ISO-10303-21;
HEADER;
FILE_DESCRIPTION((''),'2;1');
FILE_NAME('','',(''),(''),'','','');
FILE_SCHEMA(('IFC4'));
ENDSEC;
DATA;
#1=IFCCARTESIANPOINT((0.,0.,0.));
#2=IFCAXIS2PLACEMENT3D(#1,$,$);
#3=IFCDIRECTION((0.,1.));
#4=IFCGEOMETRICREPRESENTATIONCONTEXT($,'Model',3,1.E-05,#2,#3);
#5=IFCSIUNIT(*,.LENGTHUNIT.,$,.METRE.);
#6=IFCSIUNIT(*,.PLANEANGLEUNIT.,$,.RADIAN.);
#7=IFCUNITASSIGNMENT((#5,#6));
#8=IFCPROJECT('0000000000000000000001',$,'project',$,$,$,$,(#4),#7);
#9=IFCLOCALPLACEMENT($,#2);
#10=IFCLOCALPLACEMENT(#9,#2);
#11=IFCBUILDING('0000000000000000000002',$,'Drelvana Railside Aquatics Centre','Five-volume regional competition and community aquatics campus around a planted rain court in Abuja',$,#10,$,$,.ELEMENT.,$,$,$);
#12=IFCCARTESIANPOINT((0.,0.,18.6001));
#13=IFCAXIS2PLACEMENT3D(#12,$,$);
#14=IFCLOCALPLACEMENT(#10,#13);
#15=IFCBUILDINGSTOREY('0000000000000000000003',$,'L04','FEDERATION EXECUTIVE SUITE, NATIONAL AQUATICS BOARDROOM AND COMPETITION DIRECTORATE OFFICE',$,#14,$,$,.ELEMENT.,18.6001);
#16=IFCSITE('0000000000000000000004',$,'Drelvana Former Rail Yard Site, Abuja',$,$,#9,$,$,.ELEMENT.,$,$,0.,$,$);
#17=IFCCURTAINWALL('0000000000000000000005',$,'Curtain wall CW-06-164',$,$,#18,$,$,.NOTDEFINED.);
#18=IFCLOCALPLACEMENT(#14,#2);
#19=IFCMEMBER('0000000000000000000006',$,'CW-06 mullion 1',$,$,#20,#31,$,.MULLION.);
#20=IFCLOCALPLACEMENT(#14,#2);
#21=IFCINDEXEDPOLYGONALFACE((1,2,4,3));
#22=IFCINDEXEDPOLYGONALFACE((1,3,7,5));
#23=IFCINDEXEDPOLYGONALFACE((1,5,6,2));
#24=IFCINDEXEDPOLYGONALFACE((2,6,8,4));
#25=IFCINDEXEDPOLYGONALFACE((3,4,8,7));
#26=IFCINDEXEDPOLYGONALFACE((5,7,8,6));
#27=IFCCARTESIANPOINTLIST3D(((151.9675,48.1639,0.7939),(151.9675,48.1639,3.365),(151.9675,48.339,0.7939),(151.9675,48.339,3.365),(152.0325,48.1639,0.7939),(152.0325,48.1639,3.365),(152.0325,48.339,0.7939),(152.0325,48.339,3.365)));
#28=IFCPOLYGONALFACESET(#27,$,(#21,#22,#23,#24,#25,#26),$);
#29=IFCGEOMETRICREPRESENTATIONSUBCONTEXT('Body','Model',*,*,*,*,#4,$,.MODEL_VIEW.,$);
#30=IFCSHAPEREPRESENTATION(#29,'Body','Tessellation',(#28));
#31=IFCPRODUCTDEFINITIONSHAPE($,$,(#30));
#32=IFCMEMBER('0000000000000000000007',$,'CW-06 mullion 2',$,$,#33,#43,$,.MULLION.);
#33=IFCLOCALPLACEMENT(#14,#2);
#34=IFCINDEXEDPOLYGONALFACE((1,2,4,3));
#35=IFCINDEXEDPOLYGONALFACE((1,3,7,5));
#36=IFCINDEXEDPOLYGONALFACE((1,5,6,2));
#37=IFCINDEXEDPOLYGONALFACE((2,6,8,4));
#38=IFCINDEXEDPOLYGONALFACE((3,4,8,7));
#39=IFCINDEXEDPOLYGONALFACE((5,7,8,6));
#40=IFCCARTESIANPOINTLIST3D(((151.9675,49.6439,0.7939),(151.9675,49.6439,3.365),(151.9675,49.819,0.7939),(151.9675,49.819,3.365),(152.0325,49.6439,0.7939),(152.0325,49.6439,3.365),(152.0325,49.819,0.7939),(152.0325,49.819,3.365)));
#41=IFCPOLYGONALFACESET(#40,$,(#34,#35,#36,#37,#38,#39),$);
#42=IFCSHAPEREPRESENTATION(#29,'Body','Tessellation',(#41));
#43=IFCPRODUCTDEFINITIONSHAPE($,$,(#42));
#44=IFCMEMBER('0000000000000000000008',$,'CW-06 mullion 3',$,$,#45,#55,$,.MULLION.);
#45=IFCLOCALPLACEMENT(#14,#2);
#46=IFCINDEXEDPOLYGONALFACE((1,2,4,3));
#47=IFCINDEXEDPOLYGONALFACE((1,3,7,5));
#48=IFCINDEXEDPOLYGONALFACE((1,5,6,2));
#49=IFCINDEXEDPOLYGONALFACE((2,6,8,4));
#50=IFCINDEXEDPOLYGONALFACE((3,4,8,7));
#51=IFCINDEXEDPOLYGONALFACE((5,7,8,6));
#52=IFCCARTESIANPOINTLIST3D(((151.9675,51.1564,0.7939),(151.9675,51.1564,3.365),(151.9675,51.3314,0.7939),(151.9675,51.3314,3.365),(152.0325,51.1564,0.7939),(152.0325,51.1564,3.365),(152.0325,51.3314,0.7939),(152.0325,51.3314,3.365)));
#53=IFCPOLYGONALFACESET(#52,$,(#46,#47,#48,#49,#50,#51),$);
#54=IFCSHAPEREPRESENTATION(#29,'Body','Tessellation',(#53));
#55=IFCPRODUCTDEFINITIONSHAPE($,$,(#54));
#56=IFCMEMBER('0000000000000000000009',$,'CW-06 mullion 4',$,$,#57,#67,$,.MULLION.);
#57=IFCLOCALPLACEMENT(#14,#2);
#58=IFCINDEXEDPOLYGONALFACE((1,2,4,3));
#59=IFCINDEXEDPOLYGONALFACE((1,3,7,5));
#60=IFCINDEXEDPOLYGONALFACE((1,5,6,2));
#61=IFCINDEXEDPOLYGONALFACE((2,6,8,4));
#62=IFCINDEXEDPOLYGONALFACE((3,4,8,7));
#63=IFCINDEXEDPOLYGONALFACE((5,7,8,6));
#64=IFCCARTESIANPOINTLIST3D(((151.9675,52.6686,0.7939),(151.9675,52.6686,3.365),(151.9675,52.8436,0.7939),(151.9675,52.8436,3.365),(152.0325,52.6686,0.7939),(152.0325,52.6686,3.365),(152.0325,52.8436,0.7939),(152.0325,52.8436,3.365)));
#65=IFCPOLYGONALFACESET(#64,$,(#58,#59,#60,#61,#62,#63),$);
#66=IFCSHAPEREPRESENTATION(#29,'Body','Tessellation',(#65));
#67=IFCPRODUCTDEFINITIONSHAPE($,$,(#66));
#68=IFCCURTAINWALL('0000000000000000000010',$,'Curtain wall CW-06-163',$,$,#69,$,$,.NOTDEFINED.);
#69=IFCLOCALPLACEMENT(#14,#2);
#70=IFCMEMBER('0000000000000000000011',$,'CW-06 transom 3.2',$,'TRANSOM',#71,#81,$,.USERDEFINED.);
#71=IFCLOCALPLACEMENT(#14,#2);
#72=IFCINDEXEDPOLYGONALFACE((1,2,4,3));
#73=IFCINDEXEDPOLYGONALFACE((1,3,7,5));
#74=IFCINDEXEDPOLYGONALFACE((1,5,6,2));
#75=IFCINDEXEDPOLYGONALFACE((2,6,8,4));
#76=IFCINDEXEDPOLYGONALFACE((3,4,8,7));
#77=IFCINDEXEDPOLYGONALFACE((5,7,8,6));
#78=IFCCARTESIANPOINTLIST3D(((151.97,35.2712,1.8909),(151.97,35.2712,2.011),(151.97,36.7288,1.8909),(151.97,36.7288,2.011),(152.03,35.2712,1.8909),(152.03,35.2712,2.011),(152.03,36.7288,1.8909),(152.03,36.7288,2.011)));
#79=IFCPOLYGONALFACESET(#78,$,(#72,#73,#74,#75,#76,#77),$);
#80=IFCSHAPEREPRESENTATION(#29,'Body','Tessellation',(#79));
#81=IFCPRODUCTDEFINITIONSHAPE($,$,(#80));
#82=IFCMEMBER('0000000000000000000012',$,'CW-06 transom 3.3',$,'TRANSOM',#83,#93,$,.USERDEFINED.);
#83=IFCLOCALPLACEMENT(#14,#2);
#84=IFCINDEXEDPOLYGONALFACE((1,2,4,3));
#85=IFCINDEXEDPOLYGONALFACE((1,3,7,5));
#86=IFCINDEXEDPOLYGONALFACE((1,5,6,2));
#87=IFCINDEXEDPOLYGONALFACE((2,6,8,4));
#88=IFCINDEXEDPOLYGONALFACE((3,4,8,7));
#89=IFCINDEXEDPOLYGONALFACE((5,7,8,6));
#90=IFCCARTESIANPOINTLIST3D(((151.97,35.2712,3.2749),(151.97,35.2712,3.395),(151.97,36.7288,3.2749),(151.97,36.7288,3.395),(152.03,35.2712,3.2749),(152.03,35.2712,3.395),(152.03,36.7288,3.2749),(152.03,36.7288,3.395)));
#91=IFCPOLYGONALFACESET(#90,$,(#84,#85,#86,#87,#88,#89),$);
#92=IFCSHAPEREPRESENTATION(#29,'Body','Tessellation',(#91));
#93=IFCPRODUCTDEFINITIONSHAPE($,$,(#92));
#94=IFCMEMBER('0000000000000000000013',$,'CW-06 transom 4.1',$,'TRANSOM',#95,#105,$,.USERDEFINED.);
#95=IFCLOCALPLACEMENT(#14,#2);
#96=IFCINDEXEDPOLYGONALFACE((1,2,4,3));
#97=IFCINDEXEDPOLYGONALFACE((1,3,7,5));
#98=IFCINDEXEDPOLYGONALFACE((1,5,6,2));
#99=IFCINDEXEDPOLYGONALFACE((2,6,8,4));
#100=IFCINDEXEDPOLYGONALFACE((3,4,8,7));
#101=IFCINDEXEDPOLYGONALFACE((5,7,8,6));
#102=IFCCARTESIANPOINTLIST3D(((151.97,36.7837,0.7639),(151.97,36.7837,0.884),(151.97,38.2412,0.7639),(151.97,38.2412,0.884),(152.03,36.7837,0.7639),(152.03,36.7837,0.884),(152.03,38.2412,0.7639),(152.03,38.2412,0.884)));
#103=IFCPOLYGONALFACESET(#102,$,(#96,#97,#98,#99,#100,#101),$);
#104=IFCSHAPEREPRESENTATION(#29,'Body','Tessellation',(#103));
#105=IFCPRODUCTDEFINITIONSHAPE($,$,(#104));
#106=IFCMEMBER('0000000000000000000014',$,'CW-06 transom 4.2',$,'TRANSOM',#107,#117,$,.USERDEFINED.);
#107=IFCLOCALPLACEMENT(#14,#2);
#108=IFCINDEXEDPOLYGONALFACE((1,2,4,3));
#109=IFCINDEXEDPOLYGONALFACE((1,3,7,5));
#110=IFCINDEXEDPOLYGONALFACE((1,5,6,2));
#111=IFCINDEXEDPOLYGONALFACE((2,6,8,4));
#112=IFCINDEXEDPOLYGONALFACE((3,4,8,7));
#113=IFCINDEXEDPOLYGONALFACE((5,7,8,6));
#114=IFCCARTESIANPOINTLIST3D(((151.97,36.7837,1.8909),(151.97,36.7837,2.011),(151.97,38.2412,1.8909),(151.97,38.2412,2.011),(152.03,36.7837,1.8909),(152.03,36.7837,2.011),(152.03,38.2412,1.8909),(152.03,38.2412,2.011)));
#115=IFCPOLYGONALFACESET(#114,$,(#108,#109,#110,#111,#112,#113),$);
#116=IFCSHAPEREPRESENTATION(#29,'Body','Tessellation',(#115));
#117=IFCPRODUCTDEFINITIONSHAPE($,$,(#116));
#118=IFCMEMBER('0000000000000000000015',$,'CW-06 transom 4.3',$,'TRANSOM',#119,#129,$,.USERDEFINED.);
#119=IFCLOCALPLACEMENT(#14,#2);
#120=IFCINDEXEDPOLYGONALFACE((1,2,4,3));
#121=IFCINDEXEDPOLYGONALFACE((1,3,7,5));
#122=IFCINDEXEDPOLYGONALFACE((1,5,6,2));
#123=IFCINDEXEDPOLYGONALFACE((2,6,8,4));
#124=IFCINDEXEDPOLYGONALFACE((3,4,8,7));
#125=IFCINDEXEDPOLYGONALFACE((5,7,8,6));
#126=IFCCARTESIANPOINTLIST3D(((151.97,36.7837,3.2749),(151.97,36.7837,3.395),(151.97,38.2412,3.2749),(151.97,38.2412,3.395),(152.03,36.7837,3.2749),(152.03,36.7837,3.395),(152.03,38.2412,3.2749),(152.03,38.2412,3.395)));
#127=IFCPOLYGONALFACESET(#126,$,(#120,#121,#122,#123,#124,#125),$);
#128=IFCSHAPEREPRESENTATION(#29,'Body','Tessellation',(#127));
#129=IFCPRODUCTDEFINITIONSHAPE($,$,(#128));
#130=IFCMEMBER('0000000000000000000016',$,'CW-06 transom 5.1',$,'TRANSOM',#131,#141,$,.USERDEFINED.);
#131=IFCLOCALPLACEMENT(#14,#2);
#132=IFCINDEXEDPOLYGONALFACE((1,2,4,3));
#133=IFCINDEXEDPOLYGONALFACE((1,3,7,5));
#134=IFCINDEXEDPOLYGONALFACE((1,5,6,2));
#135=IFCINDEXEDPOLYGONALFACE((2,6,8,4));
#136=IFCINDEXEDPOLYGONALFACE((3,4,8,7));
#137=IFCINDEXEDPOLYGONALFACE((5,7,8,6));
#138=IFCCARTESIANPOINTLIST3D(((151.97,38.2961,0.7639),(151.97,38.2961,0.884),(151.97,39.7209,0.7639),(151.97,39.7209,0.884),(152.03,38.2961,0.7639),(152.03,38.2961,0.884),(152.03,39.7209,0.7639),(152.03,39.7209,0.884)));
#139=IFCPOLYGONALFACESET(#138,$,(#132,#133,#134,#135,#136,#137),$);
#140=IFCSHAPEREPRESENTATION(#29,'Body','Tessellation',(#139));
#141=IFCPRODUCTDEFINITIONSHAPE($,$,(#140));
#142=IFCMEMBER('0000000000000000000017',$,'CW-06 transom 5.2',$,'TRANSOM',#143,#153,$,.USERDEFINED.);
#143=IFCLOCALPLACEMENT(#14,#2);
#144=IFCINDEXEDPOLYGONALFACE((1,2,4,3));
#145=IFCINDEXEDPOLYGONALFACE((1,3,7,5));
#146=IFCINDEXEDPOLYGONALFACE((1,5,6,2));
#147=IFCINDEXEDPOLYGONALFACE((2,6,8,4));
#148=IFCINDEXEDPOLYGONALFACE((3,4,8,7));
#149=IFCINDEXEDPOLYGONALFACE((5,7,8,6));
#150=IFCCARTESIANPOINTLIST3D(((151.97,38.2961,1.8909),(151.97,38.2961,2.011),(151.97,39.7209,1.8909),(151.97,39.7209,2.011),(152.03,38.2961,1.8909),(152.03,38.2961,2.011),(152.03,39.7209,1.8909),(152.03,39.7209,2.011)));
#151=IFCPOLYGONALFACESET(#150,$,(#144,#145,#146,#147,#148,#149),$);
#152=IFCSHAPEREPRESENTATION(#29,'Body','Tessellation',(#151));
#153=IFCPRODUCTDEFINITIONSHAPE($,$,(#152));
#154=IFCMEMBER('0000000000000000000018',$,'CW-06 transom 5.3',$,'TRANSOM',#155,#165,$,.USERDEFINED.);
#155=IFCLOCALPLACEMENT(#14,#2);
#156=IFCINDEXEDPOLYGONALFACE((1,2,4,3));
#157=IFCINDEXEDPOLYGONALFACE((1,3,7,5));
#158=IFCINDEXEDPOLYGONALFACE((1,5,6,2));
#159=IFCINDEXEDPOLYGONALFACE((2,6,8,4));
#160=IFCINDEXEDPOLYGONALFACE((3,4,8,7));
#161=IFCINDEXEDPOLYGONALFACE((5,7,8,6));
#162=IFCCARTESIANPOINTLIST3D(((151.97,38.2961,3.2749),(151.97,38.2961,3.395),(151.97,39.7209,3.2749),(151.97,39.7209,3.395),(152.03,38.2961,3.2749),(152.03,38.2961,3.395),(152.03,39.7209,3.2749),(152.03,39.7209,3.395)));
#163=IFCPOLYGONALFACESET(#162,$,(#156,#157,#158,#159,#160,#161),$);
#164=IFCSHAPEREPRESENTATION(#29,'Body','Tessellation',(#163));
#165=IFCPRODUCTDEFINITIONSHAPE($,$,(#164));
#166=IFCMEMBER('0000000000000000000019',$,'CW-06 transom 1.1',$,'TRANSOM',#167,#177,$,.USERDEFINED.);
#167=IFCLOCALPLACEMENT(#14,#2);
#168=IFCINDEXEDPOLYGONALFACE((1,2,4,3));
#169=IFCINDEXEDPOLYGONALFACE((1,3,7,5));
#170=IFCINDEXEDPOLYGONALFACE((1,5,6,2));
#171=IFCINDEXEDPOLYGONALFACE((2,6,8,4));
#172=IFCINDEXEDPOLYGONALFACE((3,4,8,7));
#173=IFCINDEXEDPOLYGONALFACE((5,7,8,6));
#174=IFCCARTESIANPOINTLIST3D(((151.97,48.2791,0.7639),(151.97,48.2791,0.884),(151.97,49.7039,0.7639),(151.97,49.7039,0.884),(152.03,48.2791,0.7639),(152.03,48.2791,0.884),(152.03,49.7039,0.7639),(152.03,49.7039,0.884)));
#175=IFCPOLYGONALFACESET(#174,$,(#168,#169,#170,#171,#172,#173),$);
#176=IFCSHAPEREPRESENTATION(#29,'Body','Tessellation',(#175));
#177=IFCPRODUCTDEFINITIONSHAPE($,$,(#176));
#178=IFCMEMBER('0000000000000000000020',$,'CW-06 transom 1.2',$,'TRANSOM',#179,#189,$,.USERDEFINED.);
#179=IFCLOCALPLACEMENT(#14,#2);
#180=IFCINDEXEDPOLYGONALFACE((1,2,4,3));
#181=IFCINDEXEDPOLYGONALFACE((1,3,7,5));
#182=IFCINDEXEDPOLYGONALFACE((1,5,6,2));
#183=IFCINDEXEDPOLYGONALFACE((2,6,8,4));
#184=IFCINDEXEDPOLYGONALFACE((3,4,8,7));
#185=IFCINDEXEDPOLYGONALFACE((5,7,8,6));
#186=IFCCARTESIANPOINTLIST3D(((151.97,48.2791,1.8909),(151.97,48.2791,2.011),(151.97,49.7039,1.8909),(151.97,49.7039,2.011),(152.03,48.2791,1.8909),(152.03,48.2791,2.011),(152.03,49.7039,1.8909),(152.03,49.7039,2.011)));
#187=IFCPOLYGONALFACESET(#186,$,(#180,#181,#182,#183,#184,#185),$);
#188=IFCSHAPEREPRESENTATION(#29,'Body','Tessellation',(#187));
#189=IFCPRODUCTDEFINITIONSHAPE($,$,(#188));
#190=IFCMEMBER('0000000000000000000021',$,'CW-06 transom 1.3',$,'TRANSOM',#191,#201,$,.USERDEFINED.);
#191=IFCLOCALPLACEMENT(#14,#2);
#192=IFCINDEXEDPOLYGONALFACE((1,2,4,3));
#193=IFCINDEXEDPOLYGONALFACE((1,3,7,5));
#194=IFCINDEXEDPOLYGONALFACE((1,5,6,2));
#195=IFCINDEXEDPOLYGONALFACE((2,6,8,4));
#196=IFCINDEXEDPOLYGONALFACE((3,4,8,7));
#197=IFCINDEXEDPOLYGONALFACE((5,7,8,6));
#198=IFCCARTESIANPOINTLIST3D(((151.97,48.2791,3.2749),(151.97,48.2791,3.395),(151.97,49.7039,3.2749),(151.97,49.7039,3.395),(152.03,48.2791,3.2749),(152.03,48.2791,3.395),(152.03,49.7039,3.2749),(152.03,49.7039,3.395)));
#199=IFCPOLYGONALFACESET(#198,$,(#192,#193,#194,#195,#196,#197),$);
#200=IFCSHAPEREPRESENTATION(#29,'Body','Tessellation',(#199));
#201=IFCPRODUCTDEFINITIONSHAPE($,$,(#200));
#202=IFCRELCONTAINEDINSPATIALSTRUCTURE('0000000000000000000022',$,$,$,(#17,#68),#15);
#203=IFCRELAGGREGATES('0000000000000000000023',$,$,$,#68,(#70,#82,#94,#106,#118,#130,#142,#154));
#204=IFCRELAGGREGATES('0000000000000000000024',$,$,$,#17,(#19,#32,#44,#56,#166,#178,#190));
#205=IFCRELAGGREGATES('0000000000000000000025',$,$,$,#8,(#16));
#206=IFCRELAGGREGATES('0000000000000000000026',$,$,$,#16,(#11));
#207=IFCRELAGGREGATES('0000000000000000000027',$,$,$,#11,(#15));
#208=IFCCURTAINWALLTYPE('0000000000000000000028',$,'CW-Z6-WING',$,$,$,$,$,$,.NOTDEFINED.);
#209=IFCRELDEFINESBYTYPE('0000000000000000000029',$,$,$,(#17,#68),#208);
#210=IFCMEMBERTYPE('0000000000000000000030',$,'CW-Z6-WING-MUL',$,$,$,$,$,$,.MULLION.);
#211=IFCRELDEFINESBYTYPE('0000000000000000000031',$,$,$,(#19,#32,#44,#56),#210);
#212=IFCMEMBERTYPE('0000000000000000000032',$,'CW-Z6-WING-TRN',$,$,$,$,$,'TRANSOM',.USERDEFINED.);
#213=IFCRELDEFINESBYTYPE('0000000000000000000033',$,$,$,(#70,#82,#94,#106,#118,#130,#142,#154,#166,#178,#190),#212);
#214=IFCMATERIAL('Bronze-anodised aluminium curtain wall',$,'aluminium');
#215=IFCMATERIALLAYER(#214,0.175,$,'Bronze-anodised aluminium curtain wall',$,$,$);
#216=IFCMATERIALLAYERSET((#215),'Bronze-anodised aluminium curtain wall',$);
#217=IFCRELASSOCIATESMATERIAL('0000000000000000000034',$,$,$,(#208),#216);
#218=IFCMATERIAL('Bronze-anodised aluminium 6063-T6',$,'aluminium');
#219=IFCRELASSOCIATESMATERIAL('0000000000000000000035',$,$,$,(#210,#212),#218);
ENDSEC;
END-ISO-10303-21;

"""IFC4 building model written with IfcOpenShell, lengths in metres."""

from ifc_helpers import new_model, si_unit, direction, frame, origin, origin_2d, place, context, subcontext, project, spatial, rectangle, extrude, material, layer, layer_set, material_profile, profile_set, type_object, element, aggregate, save


model = new_model("IFC4")

# Units and contexts
model_context = context("Model", 3, precision=1e-05, world=origin(), true_north=direction((0.0, 1.0)))
body_context = subcontext(model_context, "Body", "Model", "MODEL_VIEW")
ifc_project = project(units=[si_unit("LENGTHUNIT", "METRE"), si_unit("PLANEANGLEUNIT", "RADIAN")], contexts=[model_context])

# Site, building, storey
site_placement = place(None, origin())
site = spatial("IfcSite", under=ifc_project, at=site_placement, Name="Drelvana Former Rail Yard Site, Abuja", CompositionType="ELEMENT", RefElevation=0.0)
building_placement = place(site_placement, origin())
building = spatial("IfcBuilding", under=site, at=building_placement, Name="Drelvana Railside Aquatics Centre", Description="Five-volume regional competition and community aquatics campus around a planted rain court in Abuja", CompositionType="ELEMENT")
storey_placement = place(building_placement, frame((0.0, 0.0, 18.6001)))
storey = spatial("IfcBuildingStorey", under=building, at=storey_placement, Name="L04", Description="FEDERATION EXECUTIVE SUITE, NATIONAL AQUATICS BOARDROOM AND COMPETITION DIRECTORATE OFFICE", CompositionType="ELEMENT", Elevation=18.6001)

# Curtain walls, members
ifc_material_1 = material(Name="Bronze-anodised aluminium curtain wall", Category="aluminium")
ifc_layer_1 = layer(ifc_material_1, 0.175, Name="Bronze-anodised aluminium curtain wall")
ifc_layer_set_1 = layer_set([ifc_layer_1], Name="Bronze-anodised aluminium curtain wall")
curtain_wall_type = type_object("IfcCurtainWallType", Name="CW-Z6-WING", PredefinedType="NOTDEFINED", material=ifc_layer_set_1)
curtain_wall_1_placement = place(storey_placement, origin())
curtain_wall_1 = element("IfcCurtainWall", 1, at=curtain_wall_1_placement, inside=storey, type_object=curtain_wall_type, Name="Curtain wall CW-06-164", PredefinedType="NOTDEFINED")
ifc_material_2 = material(Name="Bronze-anodised aluminium 6063-T6", Category="aluminium")
ifc_material_profile_1 = material_profile(ifc_material_2, rectangle(XDim=0.0649, YDim=0.175, at=origin_2d()), Name="ALU-M 65x175")
ifc_profile_set_1 = profile_set([ifc_material_profile_1], Name="Bronze-anodised aluminium 6063-T6")
member_type_1 = type_object("IfcMemberType", Name="CW-Z6-WING-MUL", PredefinedType="MULLION", material=ifc_profile_set_1)
member_1_placement = place(storey_placement, frame((152.0, 48.2515, 0.7939), z_axis=(0.0, 0.0, 1.0), x_axis=(-1.0, 0.0, 0.0)))
member_1 = element("IfcMember", 2, at=member_1_placement, type_object=member_type_1, Name="CW-06 mullion 1", PredefinedType="MULLION", context=body_context, shape_type="SweptSolid", body=[
    extrude(rectangle(XDim=0.0649, YDim=0.175, at=origin_2d()), origin(), (0.0, 0.0, 1.0), 2.571),
])
member_2_placement = place(storey_placement, frame((152.0, 49.7314, 0.7939), z_axis=(0.0, 0.0, 1.0), x_axis=(-1.0, 0.0, 0.0)))
member_2 = element("IfcMember", 3, at=member_2_placement, type_object=member_type_1, Name="CW-06 mullion 2", PredefinedType="MULLION", context=body_context, shape_type="SweptSolid", body=[
    extrude(rectangle(XDim=0.0649, YDim=0.175, at=origin_2d()), origin(), (0.0, 0.0, 1.0), 2.571),
])
member_3_placement = place(storey_placement, frame((152.0, 51.2439, 0.7939), z_axis=(0.0, 0.0, 1.0), x_axis=(-1.0, 0.0, 0.0)))
member_3 = element("IfcMember", 4, at=member_3_placement, type_object=member_type_1, Name="CW-06 mullion 3", PredefinedType="MULLION", context=body_context, shape_type="SweptSolid", body=[
    extrude(rectangle(XDim=0.0649, YDim=0.175, at=origin_2d()), origin(), (0.0, 0.0, 1.0), 2.571),
])
member_4_placement = place(storey_placement, frame((152.0, 52.7561, 0.7939), z_axis=(0.0, 0.0, 1.0), x_axis=(-1.0, 0.0, 0.0)))
member_4 = element("IfcMember", 5, at=member_4_placement, type_object=member_type_1, Name="CW-06 mullion 4", PredefinedType="MULLION", context=body_context, shape_type="SweptSolid", body=[
    extrude(rectangle(XDim=0.0649, YDim=0.175, at=origin_2d()), origin(), (0.0, 0.0, 1.0), 2.571),
])
curtain_wall_2_placement = place(storey_placement, origin())
curtain_wall_2 = element("IfcCurtainWall", 6, at=curtain_wall_2_placement, inside=storey, type_object=curtain_wall_type, Name="Curtain wall CW-06-163", PredefinedType="NOTDEFINED")
ifc_material_profile_2 = material_profile(ifc_material_2, rectangle(XDim=0.1201, YDim=0.0601, at=origin_2d()), Name="ALU-T 60x120")
ifc_profile_set_2 = profile_set([ifc_material_profile_2], Name="Bronze-anodised aluminium 6063-T6")
member_type_2 = type_object("IfcMemberType", Name="CW-Z6-WING-TRN", ElementType="TRANSOM", PredefinedType="USERDEFINED", material=ifc_profile_set_2)
member_5_placement = place(storey_placement, frame((152.0, 35.2712, 1.9509), z_axis=(0.0, 1.0, 0.0), x_axis=(0.0, 0.0, 1.0)))
member_5 = element("IfcMember", 7, at=member_5_placement, type_object=member_type_2, Name="CW-06 transom 3.2", ObjectType="TRANSOM", PredefinedType="USERDEFINED", context=body_context, shape_type="SweptSolid", body=[
    extrude(rectangle(XDim=0.1201, YDim=0.0601, at=origin_2d()), origin(), (0.0, 0.0, 1.0), 1.4575),
])
member_6_placement = place(storey_placement, frame((152.0, 35.2712, 3.335), z_axis=(0.0, 1.0, 0.0), x_axis=(0.0, 0.0, 1.0)))
member_6 = element("IfcMember", 8, at=member_6_placement, type_object=member_type_2, Name="CW-06 transom 3.3", ObjectType="TRANSOM", PredefinedType="USERDEFINED", context=body_context, shape_type="SweptSolid", body=[
    extrude(rectangle(XDim=0.1201, YDim=0.0601, at=origin_2d()), origin(), (0.0, 0.0, 1.0), 1.4575),
])
member_7_placement = place(storey_placement, frame((152.0, 36.7837, 0.824), z_axis=(0.0, 1.0, 0.0), x_axis=(0.0, 0.0, 1.0)))
member_7 = element("IfcMember", 9, at=member_7_placement, type_object=member_type_2, Name="CW-06 transom 4.1", ObjectType="TRANSOM", PredefinedType="USERDEFINED", context=body_context, shape_type="SweptSolid", body=[
    extrude(rectangle(XDim=0.1201, YDim=0.0601, at=origin_2d()), origin(), (0.0, 0.0, 1.0), 1.4575),
])
member_8_placement = place(storey_placement, frame((152.0, 36.7837, 1.9509), z_axis=(0.0, 1.0, 0.0), x_axis=(0.0, 0.0, 1.0)))
member_8 = element("IfcMember", 10, at=member_8_placement, type_object=member_type_2, Name="CW-06 transom 4.2", ObjectType="TRANSOM", PredefinedType="USERDEFINED", context=body_context, shape_type="SweptSolid", body=[
    extrude(rectangle(XDim=0.1201, YDim=0.0601, at=origin_2d()), origin(), (0.0, 0.0, 1.0), 1.4575),
])
member_9_placement = place(storey_placement, frame((152.0, 36.7837, 3.335), z_axis=(0.0, 1.0, 0.0), x_axis=(0.0, 0.0, 1.0)))
member_9 = element("IfcMember", 11, at=member_9_placement, type_object=member_type_2, Name="CW-06 transom 4.3", ObjectType="TRANSOM", PredefinedType="USERDEFINED", context=body_context, shape_type="SweptSolid", body=[
    extrude(rectangle(XDim=0.1201, YDim=0.0601, at=origin_2d()), origin(), (0.0, 0.0, 1.0), 1.4575),
])
member_10_placement = place(storey_placement, frame((152.0, 38.2961, 0.824), z_axis=(0.0, 1.0, 0.0), x_axis=(0.0, 0.0, 1.0)))
member_10 = element("IfcMember", 12, at=member_10_placement, type_object=member_type_2, Name="CW-06 transom 5.1", ObjectType="TRANSOM", PredefinedType="USERDEFINED", context=body_context, shape_type="SweptSolid", body=[
    extrude(rectangle(XDim=0.1201, YDim=0.0601, at=origin_2d()), origin(), (0.0, 0.0, 1.0), 1.4248),
])
member_11_placement = place(storey_placement, frame((152.0, 38.2961, 1.9509), z_axis=(0.0, 1.0, 0.0), x_axis=(0.0, 0.0, 1.0)))
member_11 = element("IfcMember", 13, at=member_11_placement, type_object=member_type_2, Name="CW-06 transom 5.2", ObjectType="TRANSOM", PredefinedType="USERDEFINED", context=body_context, shape_type="SweptSolid", body=[
    extrude(rectangle(XDim=0.1201, YDim=0.0601, at=origin_2d()), origin(), (0.0, 0.0, 1.0), 1.4248),
])
member_12_placement = place(storey_placement, frame((152.0, 38.2961, 3.335), z_axis=(0.0, 1.0, 0.0), x_axis=(0.0, 0.0, 1.0)))
member_12 = element("IfcMember", 14, at=member_12_placement, type_object=member_type_2, Name="CW-06 transom 5.3", ObjectType="TRANSOM", PredefinedType="USERDEFINED", context=body_context, shape_type="SweptSolid", body=[
    extrude(rectangle(XDim=0.1201, YDim=0.0601, at=origin_2d()), origin(), (0.0, 0.0, 1.0), 1.4248),
])

# Members
member_13_placement = place(storey_placement, frame((152.0, 48.2791, 0.824), z_axis=(0.0, 1.0, 0.0), x_axis=(0.0, 0.0, 1.0)))
member_13 = element("IfcMember", 15, at=member_13_placement, type_object=member_type_2, Name="CW-06 transom 1.1", ObjectType="TRANSOM", PredefinedType="USERDEFINED", context=body_context, shape_type="SweptSolid", body=[
    extrude(rectangle(XDim=0.1201, YDim=0.0601, at=origin_2d()), origin(), (0.0, 0.0, 1.0), 1.4248),
])
member_14_placement = place(storey_placement, frame((152.0, 48.2791, 1.9509), z_axis=(0.0, 1.0, 0.0), x_axis=(0.0, 0.0, 1.0)))
member_14 = element("IfcMember", 16, at=member_14_placement, type_object=member_type_2, Name="CW-06 transom 1.2", ObjectType="TRANSOM", PredefinedType="USERDEFINED", context=body_context, shape_type="SweptSolid", body=[
    extrude(rectangle(XDim=0.1201, YDim=0.0601, at=origin_2d()), origin(), (0.0, 0.0, 1.0), 1.4248),
])
member_15_placement = place(storey_placement, frame((152.0, 48.2791, 3.335), z_axis=(0.0, 1.0, 0.0), x_axis=(0.0, 0.0, 1.0)))
member_15 = element("IfcMember", 17, at=member_15_placement, type_object=member_type_2, Name="CW-06 transom 1.3", ObjectType="TRANSOM", PredefinedType="USERDEFINED", context=body_context, shape_type="SweptSolid", body=[
    extrude(rectangle(XDim=0.1201, YDim=0.0601, at=origin_2d()), origin(), (0.0, 0.0, 1.0), 1.4248),
])

aggregate(curtain_wall_2, [member_5, member_6, member_7, member_8, member_9, member_10, member_11, member_12])
aggregate(curtain_wall_1, [member_1, member_2, member_3, member_4, member_13, member_14, member_15])

save(model, "model.ifc")
